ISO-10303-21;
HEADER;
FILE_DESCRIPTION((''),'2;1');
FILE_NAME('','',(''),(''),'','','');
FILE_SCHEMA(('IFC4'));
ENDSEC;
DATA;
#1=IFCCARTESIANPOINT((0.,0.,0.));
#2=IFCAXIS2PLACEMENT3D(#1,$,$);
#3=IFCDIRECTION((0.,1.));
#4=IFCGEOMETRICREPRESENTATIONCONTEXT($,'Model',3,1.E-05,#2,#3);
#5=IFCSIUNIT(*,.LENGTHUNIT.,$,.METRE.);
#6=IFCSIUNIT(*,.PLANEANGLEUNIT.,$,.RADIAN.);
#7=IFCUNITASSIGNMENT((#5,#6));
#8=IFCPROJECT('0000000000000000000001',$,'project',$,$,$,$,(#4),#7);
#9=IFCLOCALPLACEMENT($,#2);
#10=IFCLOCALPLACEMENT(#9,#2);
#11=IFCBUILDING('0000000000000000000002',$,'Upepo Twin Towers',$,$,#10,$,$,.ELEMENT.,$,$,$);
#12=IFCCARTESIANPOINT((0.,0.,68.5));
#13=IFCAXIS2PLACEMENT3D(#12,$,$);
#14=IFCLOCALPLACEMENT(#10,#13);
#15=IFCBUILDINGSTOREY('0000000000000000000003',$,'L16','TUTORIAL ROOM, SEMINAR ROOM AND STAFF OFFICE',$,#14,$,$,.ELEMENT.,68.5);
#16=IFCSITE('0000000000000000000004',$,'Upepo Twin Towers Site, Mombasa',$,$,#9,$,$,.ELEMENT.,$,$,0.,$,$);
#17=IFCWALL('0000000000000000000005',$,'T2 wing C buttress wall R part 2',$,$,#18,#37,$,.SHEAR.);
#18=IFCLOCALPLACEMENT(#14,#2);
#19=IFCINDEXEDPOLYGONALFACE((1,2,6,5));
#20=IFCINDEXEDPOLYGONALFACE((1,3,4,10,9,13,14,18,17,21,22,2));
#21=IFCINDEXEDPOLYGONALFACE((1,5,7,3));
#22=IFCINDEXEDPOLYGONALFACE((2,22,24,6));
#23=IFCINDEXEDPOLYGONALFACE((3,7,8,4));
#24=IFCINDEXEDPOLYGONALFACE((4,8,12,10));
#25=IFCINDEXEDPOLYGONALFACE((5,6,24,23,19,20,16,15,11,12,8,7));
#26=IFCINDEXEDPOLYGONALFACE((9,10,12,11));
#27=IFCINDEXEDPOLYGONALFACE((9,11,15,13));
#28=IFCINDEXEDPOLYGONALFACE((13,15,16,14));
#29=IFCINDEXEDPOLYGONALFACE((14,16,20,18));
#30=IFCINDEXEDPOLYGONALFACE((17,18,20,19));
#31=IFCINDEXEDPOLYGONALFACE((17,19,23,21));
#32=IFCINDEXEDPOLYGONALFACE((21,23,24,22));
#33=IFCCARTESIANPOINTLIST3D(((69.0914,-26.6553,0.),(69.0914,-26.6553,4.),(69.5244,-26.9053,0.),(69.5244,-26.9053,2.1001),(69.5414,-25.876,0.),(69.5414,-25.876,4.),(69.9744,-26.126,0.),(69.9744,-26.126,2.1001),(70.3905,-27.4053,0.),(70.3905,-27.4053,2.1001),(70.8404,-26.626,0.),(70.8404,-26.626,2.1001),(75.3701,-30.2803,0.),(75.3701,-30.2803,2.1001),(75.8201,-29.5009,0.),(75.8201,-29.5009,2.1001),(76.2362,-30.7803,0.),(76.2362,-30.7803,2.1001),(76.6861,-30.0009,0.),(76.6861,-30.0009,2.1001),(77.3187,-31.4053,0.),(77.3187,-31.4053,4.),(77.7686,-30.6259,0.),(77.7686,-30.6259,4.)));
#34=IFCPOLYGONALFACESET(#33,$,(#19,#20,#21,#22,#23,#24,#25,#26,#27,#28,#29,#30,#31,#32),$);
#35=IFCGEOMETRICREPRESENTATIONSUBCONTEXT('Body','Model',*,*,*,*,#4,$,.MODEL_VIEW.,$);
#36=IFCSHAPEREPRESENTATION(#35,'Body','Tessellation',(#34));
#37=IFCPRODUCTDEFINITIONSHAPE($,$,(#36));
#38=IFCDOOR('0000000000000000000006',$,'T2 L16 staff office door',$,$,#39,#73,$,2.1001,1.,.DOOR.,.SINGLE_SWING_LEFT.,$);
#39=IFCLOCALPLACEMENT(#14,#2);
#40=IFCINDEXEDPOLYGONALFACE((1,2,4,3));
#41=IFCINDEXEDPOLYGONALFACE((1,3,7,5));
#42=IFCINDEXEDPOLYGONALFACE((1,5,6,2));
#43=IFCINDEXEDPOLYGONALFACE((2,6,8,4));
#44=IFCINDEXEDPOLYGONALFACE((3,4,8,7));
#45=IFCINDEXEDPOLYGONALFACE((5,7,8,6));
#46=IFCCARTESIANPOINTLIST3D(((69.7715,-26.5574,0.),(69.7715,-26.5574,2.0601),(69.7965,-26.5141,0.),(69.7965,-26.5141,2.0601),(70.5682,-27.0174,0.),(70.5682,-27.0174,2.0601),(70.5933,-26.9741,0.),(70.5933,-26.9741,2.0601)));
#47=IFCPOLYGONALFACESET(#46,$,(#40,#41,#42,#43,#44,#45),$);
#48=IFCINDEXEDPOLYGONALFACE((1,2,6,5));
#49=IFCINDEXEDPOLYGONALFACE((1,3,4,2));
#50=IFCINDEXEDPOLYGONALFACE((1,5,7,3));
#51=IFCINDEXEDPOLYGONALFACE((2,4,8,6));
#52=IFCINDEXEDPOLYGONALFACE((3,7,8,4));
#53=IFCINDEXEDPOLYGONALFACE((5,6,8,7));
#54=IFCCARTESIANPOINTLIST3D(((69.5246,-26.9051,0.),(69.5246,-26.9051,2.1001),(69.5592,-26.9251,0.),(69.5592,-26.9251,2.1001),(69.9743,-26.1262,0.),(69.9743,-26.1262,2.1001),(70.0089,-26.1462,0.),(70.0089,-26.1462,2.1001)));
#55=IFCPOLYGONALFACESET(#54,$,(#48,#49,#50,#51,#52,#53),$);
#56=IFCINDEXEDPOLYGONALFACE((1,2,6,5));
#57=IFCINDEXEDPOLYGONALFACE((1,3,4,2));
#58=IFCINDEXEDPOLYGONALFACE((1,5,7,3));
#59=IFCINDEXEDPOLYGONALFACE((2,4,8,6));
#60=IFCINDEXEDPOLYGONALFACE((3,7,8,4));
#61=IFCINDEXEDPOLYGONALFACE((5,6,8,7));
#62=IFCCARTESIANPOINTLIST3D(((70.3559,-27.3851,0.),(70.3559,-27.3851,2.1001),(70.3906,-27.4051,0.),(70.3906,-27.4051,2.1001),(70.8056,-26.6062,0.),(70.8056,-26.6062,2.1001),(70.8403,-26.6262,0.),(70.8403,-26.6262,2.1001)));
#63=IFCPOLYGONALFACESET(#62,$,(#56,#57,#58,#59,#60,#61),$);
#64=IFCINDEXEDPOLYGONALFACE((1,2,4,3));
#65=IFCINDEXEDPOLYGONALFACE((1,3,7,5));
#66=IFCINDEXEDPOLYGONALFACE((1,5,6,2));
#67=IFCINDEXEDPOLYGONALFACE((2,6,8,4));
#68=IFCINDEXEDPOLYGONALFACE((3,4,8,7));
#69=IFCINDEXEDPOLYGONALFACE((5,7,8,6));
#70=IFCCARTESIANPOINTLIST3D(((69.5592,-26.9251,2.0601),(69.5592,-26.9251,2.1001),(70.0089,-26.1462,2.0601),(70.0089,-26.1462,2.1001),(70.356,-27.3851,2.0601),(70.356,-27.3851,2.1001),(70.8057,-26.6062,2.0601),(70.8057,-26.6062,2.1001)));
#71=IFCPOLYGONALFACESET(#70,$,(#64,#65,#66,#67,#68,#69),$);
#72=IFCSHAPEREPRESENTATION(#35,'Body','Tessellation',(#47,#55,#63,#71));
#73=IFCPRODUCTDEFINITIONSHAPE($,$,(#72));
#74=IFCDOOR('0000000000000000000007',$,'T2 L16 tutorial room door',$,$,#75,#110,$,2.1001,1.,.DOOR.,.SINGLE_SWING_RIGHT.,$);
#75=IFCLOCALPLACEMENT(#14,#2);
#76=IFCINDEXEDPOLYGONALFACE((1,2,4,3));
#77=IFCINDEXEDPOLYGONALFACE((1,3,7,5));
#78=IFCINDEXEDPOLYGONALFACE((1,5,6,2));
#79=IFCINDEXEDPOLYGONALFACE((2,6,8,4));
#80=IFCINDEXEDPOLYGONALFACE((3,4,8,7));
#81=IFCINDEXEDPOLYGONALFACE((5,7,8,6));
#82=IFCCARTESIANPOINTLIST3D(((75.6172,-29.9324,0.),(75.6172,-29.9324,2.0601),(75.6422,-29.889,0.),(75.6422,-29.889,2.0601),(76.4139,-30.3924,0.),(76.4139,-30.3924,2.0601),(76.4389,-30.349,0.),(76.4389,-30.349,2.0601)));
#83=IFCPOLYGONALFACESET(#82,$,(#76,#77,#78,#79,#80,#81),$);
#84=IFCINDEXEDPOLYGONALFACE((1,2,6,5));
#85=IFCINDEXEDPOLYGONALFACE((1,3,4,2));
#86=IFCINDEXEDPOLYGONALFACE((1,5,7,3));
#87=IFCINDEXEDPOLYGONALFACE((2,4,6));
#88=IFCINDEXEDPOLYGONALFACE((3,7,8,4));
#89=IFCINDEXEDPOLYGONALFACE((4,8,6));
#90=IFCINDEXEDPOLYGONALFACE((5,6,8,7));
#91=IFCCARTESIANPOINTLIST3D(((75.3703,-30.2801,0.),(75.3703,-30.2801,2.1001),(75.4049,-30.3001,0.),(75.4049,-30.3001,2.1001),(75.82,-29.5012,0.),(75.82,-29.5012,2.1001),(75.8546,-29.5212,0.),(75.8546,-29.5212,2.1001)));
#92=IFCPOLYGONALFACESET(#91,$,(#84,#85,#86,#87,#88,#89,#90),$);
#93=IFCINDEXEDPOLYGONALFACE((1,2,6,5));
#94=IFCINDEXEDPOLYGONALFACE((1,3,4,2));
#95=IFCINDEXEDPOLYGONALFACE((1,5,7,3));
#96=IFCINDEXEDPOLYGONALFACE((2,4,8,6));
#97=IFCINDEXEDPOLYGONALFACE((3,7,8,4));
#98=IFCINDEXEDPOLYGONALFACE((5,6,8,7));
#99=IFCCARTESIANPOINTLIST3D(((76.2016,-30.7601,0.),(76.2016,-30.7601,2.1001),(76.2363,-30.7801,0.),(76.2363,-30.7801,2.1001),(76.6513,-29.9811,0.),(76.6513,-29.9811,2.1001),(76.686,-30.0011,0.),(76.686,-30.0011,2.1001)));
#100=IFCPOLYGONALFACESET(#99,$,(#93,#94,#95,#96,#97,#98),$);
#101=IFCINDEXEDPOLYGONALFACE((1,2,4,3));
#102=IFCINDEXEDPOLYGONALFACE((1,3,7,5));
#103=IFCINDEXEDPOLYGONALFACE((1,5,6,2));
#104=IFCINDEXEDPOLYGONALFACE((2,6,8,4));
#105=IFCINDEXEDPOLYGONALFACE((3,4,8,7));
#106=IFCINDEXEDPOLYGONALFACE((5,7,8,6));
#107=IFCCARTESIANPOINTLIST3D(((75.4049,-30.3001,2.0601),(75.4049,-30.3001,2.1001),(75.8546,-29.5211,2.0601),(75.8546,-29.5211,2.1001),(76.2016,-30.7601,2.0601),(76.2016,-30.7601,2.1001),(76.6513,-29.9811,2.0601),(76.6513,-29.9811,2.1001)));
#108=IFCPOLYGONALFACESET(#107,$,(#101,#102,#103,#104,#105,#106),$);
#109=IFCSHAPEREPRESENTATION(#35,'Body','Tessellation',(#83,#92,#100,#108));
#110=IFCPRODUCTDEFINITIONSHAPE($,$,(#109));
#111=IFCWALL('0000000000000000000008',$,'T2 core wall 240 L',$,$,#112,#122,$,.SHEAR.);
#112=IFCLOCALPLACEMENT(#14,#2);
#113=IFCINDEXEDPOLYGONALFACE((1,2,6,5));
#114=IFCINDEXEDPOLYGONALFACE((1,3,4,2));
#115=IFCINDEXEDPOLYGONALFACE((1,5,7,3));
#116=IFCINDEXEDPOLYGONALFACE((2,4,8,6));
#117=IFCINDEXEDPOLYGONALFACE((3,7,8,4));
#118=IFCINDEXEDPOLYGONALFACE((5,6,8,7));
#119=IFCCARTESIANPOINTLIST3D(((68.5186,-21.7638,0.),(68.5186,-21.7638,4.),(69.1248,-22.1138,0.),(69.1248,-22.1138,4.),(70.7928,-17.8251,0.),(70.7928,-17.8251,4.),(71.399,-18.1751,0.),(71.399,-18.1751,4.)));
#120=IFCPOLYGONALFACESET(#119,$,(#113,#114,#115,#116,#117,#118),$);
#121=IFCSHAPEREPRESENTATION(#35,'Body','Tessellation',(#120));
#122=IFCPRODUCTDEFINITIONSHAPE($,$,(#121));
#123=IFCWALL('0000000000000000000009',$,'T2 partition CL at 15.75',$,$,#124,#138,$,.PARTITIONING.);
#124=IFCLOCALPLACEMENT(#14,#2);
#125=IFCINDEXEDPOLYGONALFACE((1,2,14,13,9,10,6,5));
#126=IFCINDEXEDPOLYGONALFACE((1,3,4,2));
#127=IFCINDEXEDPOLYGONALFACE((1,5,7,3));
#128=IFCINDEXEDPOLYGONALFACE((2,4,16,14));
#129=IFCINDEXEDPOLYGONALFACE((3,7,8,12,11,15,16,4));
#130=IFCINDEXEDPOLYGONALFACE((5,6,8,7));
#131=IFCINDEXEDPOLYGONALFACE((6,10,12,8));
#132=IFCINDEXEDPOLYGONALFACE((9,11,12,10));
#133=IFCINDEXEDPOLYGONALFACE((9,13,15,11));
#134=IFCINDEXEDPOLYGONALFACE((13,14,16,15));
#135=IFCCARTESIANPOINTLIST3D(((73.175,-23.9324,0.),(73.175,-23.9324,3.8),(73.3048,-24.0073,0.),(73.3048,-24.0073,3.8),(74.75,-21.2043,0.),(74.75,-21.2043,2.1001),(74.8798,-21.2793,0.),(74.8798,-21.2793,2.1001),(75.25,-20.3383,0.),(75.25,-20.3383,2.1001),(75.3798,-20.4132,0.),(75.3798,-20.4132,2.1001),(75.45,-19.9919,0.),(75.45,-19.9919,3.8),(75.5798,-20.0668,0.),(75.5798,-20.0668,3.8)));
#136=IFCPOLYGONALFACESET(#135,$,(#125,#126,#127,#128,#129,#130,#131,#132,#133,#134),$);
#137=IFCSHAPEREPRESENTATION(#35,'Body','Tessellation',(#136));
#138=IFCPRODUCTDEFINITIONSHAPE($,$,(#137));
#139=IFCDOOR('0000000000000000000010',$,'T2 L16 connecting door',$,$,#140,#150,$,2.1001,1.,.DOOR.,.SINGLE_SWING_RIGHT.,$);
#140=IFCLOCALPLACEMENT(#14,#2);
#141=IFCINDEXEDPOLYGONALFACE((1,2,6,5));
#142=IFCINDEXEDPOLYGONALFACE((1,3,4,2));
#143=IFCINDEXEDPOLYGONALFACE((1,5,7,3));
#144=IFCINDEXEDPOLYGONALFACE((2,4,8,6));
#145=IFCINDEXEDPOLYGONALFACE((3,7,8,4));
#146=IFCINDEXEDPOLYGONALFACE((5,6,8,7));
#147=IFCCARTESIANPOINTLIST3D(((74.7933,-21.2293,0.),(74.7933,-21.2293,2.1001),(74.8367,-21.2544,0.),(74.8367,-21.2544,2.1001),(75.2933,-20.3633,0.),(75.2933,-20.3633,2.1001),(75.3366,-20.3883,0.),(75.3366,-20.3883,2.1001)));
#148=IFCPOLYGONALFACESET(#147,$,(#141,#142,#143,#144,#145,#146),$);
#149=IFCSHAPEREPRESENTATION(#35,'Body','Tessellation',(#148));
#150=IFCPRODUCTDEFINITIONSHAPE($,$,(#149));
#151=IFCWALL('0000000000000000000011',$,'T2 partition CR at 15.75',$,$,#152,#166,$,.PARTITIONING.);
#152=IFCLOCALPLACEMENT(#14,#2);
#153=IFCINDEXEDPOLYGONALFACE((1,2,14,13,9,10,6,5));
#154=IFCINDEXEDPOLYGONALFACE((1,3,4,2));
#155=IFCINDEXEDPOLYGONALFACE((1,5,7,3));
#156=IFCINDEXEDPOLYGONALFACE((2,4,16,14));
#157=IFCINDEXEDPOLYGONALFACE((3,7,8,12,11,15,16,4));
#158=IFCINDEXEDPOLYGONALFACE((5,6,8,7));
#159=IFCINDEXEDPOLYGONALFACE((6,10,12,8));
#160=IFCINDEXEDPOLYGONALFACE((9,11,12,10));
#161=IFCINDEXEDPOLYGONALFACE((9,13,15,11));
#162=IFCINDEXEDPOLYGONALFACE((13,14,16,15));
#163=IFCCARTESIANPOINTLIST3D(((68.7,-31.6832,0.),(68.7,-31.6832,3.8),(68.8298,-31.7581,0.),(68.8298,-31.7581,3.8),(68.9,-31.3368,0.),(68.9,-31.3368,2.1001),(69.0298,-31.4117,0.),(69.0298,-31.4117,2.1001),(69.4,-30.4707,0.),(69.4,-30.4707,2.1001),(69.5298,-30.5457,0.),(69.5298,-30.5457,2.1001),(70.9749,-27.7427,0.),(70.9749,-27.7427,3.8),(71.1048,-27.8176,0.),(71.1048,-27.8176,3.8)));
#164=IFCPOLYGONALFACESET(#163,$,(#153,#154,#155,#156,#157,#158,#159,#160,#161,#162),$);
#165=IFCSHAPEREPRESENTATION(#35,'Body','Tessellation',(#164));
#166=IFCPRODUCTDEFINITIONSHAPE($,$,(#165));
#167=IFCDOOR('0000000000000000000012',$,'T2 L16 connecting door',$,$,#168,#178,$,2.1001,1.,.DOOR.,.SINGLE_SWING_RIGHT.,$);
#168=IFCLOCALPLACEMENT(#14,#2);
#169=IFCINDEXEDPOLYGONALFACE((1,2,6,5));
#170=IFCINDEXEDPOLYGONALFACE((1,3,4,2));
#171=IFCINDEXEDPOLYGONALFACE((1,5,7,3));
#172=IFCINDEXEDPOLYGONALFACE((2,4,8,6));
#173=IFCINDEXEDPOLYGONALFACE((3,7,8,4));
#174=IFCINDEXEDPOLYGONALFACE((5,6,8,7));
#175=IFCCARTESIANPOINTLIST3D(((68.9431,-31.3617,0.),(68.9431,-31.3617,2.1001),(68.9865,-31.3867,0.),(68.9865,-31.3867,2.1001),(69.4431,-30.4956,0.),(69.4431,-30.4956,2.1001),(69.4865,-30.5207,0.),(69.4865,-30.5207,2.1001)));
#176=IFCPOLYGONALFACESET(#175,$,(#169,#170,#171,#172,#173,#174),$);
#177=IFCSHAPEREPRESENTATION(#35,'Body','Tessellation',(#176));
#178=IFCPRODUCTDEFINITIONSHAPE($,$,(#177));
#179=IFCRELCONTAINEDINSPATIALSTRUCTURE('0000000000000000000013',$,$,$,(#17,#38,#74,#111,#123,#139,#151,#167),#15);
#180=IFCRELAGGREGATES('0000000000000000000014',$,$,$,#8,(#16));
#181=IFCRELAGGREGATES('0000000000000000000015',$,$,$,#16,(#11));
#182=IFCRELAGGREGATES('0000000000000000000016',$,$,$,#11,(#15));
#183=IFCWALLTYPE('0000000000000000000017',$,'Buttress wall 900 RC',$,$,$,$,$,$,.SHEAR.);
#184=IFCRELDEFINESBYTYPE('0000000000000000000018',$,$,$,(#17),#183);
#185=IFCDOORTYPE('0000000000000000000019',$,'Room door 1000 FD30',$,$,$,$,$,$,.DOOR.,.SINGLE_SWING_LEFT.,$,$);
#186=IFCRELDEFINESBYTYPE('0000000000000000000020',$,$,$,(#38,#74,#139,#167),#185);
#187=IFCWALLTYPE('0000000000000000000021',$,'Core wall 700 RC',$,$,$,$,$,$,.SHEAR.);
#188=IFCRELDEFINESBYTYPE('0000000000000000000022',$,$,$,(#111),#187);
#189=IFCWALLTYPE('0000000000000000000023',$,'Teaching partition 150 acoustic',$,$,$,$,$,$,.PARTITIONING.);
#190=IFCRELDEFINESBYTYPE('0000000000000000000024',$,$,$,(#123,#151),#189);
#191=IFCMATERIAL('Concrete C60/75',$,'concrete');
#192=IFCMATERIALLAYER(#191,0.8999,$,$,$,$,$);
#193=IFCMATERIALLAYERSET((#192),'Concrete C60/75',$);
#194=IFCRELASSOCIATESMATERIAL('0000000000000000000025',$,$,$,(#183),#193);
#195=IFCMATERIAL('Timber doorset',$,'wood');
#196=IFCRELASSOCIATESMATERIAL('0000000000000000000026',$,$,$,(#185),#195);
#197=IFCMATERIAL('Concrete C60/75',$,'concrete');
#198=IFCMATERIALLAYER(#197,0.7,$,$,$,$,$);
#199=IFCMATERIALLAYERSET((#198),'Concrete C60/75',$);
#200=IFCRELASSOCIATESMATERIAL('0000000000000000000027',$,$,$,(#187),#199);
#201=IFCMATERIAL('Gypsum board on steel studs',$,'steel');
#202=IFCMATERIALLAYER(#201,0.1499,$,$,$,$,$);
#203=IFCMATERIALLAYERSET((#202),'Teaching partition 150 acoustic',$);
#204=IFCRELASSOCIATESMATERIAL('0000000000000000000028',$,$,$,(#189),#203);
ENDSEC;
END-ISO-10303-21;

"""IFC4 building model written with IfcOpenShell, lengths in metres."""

from ifc_helpers import new_model, si_unit, direction, frame, frame_2d, origin, place, context, subcontext, project, spatial, rectangle, extrude, material, layer, layer_set, type_object, element, fill, save


model = new_model("IFC4")

# Units and contexts
model_context = context("Model", 3, precision=1e-05, world=origin(), true_north=direction((0.0, 1.0)))
body_context = subcontext(model_context, "Body", "Model", "MODEL_VIEW")
ifc_project = project(units=[si_unit("LENGTHUNIT", "METRE"), si_unit("PLANEANGLEUNIT", "RADIAN")], contexts=[model_context])

# Site, building, storey
site_placement = place(None, origin())
site = spatial("IfcSite", under=ifc_project, at=site_placement, Name="Upepo Twin Towers Site, Mombasa", CompositionType="ELEMENT", RefElevation=0.0)
building_placement = place(site_placement, origin())
building = spatial("IfcBuilding", under=site, at=building_placement, Name="Upepo Twin Towers", CompositionType="ELEMENT")
storey_placement = place(building_placement, frame((0.0, 0.0, 68.5)))
storey = spatial("IfcBuildingStorey", under=building, at=storey_placement, Name="L16", Description="TUTORIAL ROOM, SEMINAR ROOM AND STAFF OFFICE", CompositionType="ELEMENT", Elevation=68.5)

# Wall, openings, doors
ifc_material_1 = material(Name="Concrete C60/75", Category="concrete")
ifc_layer_1 = layer(ifc_material_1, 0.8999)
ifc_layer_set_1 = layer_set([ifc_layer_1], Name="Concrete C60/75")
wall_type_1 = type_object("IfcWallType", Name="Buttress wall 900 RC", PredefinedType="SHEAR", material=ifc_layer_set_1)
ifc_material_2 = material(Name="Timber doorset", Category="wood")
door_type = type_object("IfcDoorType", Name="Room door 1000 FD30", OperationType="SINGLE_SWING_LEFT", PredefinedType="DOOR", material=ifc_material_2)
wall_1_placement = place(storey_placement, frame((69.3164, -26.2656, 0.0), z_axis=(0.0, 0.0, 1.0), x_axis=(0.866027, -0.499998, 0.0)))
wall_1 = element("IfcWall", 1, at=wall_1_placement, inside=storey, type_object=wall_type_1, Name="T2 wing C buttress wall R part 2", PredefinedType="SHEAR", context=body_context, shape_type="SweptSolid", body=[
    extrude(rectangle(XDim=9.5, YDim=0.8999, at=frame_2d((4.75, 0.0))), origin(), (0.0, 0.0, 1.0), 4.0),
])
opening_1_placement = place(wall_1_placement, frame((0.5, 0.0, 0.0)))
opening_1 = element("IfcOpeningElement", 2, at=opening_1_placement, cuts=wall_1, PredefinedType="OPENING", context=body_context, shape_type="SweptSolid", body=[
    extrude(rectangle(XDim=1.0, YDim=2.1001, at=frame_2d((0.5, 1.05))), frame((0.0, 0.46, 0.0), z_axis=(0.0, -1.0, 0.0), x_axis=(1.0, 0.0, 0.0)), (0.0, 0.0, 1.0), 0.9199),
])
opening_2_placement = place(wall_1_placement, frame((7.25, 0.0, 0.0)))
opening_2 = element("IfcOpeningElement", 3, at=opening_2_placement, cuts=wall_1, PredefinedType="OPENING", context=body_context, shape_type="SweptSolid", body=[
    extrude(rectangle(XDim=1.0, YDim=2.1001, at=frame_2d((0.5, 1.05))), frame((0.0, 0.46, 0.0), z_axis=(0.0, -1.0, 0.0), x_axis=(1.0, 0.0, 0.0)), (0.0, 0.0, 1.0), 0.9199),
])
door_1_placement = place(opening_1_placement, origin())
door_1 = element("IfcDoor", 4, at=door_1_placement, inside=storey, type_object=door_type, Name="T2 L16 staff office door", OperationType="SINGLE_SWING_LEFT", OverallHeight=2.1001, OverallWidth=1.0, PredefinedType="DOOR", context=body_context, shape_type="SweptSolid", body=[
    extrude(rectangle(XDim=0.92, YDim=2.0601, at=frame_2d((0.5, 1.03))), frame((0.0, 0.0249, 0.0), z_axis=(0.0, -1.0, 0.0), x_axis=(1.0, 0.0, 0.0)), (0.0, 0.0, 1.0), 0.05),
    extrude(rectangle(XDim=0.04, YDim=2.1001, at=frame_2d((0.02, 1.05))), frame((0.0, 0.4497, 0.0), z_axis=(0.0, -1.0, 0.0), x_axis=(1.0, 0.0, 0.0)), (0.0, 0.0, 1.0), 0.8994),
    extrude(rectangle(XDim=0.04, YDim=2.1001, at=frame_2d((0.98, 1.05))), frame((0.0, 0.4497, 0.0), z_axis=(0.0, -1.0, 0.0), x_axis=(1.0, 0.0, 0.0)), (0.0, 0.0, 1.0), 0.8994),
    extrude(rectangle(XDim=0.92, YDim=0.04, at=frame_2d((0.5, 2.0801))), frame((0.0, 0.4497, 0.0), z_axis=(0.0, -1.0, 0.0), x_axis=(1.0, 0.0, 0.0)), (0.0, 0.0, 1.0), 0.8994),
])
fill(opening_1, door_1)
door_2_placement = place(opening_2_placement, origin())
door_2 = element("IfcDoor", 5, at=door_2_placement, inside=storey, type_object=door_type, Name="T2 L16 tutorial room door", OperationType="SINGLE_SWING_RIGHT", OverallHeight=2.1001, OverallWidth=1.0, PredefinedType="DOOR", context=body_context, shape_type="SweptSolid", body=[
    extrude(rectangle(XDim=0.92, YDim=2.0601, at=frame_2d((0.5, 1.03))), frame((0.0, 0.0249, 0.0), z_axis=(0.0, -1.0, 0.0), x_axis=(1.0, 0.0, 0.0)), (0.0, 0.0, 1.0), 0.05),
    extrude(rectangle(XDim=0.04, YDim=2.1001, at=frame_2d((0.02, 1.05))), frame((0.0, 0.4497, 0.0), z_axis=(0.0, -1.0, 0.0), x_axis=(1.0, 0.0, 0.0)), (0.0, 0.0, 1.0), 0.8994),
    extrude(rectangle(XDim=0.04, YDim=2.1001, at=frame_2d((0.98, 1.05))), frame((0.0, 0.4497, 0.0), z_axis=(0.0, -1.0, 0.0), x_axis=(1.0, 0.0, 0.0)), (0.0, 0.0, 1.0), 0.8994),
    extrude(rectangle(XDim=0.92, YDim=0.04, at=frame_2d((0.5, 2.0801))), frame((0.0, 0.4497, 0.0), z_axis=(0.0, -1.0, 0.0), x_axis=(1.0, 0.0, 0.0)), (0.0, 0.0, 1.0), 0.8994),
])
fill(opening_2, door_2)

# Wall
ifc_material_3 = material(Name="Concrete C60/75", Category="concrete")
ifc_layer_2 = layer(ifc_material_3, 0.7)
ifc_layer_set_2 = layer_set([ifc_layer_2], Name="Concrete C60/75")
wall_type_2 = type_object("IfcWallType", Name="Core wall 700 RC", PredefinedType="SHEAR", material=ifc_layer_set_2)
wall_2_placement = place(storey_placement, frame((68.8218, -21.9387, 0.0), z_axis=(0.0, 0.0, 1.0), x_axis=(0.500024, 0.866011, 0.0)))
element("IfcWall", 6, at=wall_2_placement, inside=storey, type_object=wall_type_2, Name="T2 core wall 240 L", PredefinedType="SHEAR", context=body_context, shape_type="SweptSolid", body=[
    extrude(rectangle(XDim=4.5481, YDim=0.7, at=frame_2d((2.2739, 0.0))), origin(), (0.0, 0.0, 1.0), 4.0),
])

# Walls, openings, doors
ifc_material_4 = material(Name="Gypsum board on steel studs", Category="steel")
ifc_layer_3 = layer(ifc_material_4, 0.1499)
ifc_layer_set_3 = layer_set([ifc_layer_3], Name="Teaching partition 150 acoustic")
wall_type_3 = type_object("IfcWallType", Name="Teaching partition 150 acoustic", PredefinedType="PARTITIONING", material=ifc_layer_set_3)
wall_3_placement = place(storey_placement, frame((73.24, -23.9697, 0.0), z_axis=(0.0, 0.0, 1.0), x_axis=(0.499983, 0.866035, 0.0)))
wall_3 = element("IfcWall", 7, at=wall_3_placement, inside=storey, type_object=wall_type_3, Name="T2 partition CL at 15.75", PredefinedType="PARTITIONING", context=body_context, shape_type="SweptSolid", body=[
    extrude(rectangle(XDim=4.55, YDim=0.1499, at=frame_2d((2.2749, 0.0))), origin(), (0.0, 0.0, 1.0), 3.8),
])
opening_3_placement = place(wall_3_placement, frame((3.1499, 0.0, 0.0)))
opening_3 = element("IfcOpeningElement", 8, at=opening_3_placement, cuts=wall_3, PredefinedType="OPENING", context=body_context, shape_type="SweptSolid", body=[
    extrude(rectangle(XDim=1.0, YDim=2.1001, at=frame_2d((0.5, 1.05))), frame((0.0, 0.085, 0.0), z_axis=(0.0, -1.0, 0.0), x_axis=(1.0, 0.0, 0.0)), (0.0, 0.0, 1.0), 0.1699),
])
door_3_placement = place(opening_3_placement, origin())
door_3 = element("IfcDoor", 9, at=door_3_placement, inside=storey, type_object=door_type, Name="T2 L16 connecting door", OperationType="SINGLE_SWING_RIGHT", OverallHeight=2.1001, OverallWidth=1.0, PredefinedType="DOOR", context=body_context, shape_type="SweptSolid", body=[
    extrude(rectangle(XDim=1.0, YDim=2.1001, at=frame_2d((0.5, 1.05))), frame((0.0, 0.0249, 0.0), z_axis=(0.0, -1.0, 0.0), x_axis=(1.0, 0.0, 0.0)), (0.0, 0.0, 1.0), 0.05),
])
fill(opening_3, door_3)
wall_4_placement = place(storey_placement, frame((71.0398, -27.7803, 0.0), z_axis=(0.0, 0.0, 1.0), x_axis=(-0.499983, -0.866035, 0.0)))
wall_4 = element("IfcWall", 10, at=wall_4_placement, inside=storey, type_object=wall_type_3, Name="T2 partition CR at 15.75", PredefinedType="PARTITIONING", context=body_context, shape_type="SweptSolid", body=[
    extrude(rectangle(XDim=4.55, YDim=0.1499, at=frame_2d((2.2749, 0.0))), origin(), (0.0, 0.0, 1.0), 3.8),
])
opening_4_placement = place(wall_4_placement, frame((3.1499, 0.0, 0.0)))
opening_4 = element("IfcOpeningElement", 11, at=opening_4_placement, cuts=wall_4, PredefinedType="OPENING", context=body_context, shape_type="SweptSolid", body=[
    extrude(rectangle(XDim=1.0, YDim=2.1001, at=frame_2d((0.5, 1.05))), frame((0.0, 0.085, 0.0), z_axis=(0.0, -1.0, 0.0), x_axis=(1.0, 0.0, 0.0)), (0.0, 0.0, 1.0), 0.1699),
])
door_4_placement = place(opening_4_placement, origin())
door_4 = element("IfcDoor", 12, at=door_4_placement, inside=storey, type_object=door_type, Name="T2 L16 connecting door", OperationType="SINGLE_SWING_RIGHT", OverallHeight=2.1001, OverallWidth=1.0, PredefinedType="DOOR", context=body_context, shape_type="SweptSolid", body=[
    extrude(rectangle(XDim=1.0, YDim=2.1001, at=frame_2d((0.5, 1.05))), frame((0.0, 0.0249, 0.0), z_axis=(0.0, -1.0, 0.0), x_axis=(1.0, 0.0, 0.0)), (0.0, 0.0, 1.0), 0.05),
])
fill(opening_4, door_4)

save(model, "model.ifc")
